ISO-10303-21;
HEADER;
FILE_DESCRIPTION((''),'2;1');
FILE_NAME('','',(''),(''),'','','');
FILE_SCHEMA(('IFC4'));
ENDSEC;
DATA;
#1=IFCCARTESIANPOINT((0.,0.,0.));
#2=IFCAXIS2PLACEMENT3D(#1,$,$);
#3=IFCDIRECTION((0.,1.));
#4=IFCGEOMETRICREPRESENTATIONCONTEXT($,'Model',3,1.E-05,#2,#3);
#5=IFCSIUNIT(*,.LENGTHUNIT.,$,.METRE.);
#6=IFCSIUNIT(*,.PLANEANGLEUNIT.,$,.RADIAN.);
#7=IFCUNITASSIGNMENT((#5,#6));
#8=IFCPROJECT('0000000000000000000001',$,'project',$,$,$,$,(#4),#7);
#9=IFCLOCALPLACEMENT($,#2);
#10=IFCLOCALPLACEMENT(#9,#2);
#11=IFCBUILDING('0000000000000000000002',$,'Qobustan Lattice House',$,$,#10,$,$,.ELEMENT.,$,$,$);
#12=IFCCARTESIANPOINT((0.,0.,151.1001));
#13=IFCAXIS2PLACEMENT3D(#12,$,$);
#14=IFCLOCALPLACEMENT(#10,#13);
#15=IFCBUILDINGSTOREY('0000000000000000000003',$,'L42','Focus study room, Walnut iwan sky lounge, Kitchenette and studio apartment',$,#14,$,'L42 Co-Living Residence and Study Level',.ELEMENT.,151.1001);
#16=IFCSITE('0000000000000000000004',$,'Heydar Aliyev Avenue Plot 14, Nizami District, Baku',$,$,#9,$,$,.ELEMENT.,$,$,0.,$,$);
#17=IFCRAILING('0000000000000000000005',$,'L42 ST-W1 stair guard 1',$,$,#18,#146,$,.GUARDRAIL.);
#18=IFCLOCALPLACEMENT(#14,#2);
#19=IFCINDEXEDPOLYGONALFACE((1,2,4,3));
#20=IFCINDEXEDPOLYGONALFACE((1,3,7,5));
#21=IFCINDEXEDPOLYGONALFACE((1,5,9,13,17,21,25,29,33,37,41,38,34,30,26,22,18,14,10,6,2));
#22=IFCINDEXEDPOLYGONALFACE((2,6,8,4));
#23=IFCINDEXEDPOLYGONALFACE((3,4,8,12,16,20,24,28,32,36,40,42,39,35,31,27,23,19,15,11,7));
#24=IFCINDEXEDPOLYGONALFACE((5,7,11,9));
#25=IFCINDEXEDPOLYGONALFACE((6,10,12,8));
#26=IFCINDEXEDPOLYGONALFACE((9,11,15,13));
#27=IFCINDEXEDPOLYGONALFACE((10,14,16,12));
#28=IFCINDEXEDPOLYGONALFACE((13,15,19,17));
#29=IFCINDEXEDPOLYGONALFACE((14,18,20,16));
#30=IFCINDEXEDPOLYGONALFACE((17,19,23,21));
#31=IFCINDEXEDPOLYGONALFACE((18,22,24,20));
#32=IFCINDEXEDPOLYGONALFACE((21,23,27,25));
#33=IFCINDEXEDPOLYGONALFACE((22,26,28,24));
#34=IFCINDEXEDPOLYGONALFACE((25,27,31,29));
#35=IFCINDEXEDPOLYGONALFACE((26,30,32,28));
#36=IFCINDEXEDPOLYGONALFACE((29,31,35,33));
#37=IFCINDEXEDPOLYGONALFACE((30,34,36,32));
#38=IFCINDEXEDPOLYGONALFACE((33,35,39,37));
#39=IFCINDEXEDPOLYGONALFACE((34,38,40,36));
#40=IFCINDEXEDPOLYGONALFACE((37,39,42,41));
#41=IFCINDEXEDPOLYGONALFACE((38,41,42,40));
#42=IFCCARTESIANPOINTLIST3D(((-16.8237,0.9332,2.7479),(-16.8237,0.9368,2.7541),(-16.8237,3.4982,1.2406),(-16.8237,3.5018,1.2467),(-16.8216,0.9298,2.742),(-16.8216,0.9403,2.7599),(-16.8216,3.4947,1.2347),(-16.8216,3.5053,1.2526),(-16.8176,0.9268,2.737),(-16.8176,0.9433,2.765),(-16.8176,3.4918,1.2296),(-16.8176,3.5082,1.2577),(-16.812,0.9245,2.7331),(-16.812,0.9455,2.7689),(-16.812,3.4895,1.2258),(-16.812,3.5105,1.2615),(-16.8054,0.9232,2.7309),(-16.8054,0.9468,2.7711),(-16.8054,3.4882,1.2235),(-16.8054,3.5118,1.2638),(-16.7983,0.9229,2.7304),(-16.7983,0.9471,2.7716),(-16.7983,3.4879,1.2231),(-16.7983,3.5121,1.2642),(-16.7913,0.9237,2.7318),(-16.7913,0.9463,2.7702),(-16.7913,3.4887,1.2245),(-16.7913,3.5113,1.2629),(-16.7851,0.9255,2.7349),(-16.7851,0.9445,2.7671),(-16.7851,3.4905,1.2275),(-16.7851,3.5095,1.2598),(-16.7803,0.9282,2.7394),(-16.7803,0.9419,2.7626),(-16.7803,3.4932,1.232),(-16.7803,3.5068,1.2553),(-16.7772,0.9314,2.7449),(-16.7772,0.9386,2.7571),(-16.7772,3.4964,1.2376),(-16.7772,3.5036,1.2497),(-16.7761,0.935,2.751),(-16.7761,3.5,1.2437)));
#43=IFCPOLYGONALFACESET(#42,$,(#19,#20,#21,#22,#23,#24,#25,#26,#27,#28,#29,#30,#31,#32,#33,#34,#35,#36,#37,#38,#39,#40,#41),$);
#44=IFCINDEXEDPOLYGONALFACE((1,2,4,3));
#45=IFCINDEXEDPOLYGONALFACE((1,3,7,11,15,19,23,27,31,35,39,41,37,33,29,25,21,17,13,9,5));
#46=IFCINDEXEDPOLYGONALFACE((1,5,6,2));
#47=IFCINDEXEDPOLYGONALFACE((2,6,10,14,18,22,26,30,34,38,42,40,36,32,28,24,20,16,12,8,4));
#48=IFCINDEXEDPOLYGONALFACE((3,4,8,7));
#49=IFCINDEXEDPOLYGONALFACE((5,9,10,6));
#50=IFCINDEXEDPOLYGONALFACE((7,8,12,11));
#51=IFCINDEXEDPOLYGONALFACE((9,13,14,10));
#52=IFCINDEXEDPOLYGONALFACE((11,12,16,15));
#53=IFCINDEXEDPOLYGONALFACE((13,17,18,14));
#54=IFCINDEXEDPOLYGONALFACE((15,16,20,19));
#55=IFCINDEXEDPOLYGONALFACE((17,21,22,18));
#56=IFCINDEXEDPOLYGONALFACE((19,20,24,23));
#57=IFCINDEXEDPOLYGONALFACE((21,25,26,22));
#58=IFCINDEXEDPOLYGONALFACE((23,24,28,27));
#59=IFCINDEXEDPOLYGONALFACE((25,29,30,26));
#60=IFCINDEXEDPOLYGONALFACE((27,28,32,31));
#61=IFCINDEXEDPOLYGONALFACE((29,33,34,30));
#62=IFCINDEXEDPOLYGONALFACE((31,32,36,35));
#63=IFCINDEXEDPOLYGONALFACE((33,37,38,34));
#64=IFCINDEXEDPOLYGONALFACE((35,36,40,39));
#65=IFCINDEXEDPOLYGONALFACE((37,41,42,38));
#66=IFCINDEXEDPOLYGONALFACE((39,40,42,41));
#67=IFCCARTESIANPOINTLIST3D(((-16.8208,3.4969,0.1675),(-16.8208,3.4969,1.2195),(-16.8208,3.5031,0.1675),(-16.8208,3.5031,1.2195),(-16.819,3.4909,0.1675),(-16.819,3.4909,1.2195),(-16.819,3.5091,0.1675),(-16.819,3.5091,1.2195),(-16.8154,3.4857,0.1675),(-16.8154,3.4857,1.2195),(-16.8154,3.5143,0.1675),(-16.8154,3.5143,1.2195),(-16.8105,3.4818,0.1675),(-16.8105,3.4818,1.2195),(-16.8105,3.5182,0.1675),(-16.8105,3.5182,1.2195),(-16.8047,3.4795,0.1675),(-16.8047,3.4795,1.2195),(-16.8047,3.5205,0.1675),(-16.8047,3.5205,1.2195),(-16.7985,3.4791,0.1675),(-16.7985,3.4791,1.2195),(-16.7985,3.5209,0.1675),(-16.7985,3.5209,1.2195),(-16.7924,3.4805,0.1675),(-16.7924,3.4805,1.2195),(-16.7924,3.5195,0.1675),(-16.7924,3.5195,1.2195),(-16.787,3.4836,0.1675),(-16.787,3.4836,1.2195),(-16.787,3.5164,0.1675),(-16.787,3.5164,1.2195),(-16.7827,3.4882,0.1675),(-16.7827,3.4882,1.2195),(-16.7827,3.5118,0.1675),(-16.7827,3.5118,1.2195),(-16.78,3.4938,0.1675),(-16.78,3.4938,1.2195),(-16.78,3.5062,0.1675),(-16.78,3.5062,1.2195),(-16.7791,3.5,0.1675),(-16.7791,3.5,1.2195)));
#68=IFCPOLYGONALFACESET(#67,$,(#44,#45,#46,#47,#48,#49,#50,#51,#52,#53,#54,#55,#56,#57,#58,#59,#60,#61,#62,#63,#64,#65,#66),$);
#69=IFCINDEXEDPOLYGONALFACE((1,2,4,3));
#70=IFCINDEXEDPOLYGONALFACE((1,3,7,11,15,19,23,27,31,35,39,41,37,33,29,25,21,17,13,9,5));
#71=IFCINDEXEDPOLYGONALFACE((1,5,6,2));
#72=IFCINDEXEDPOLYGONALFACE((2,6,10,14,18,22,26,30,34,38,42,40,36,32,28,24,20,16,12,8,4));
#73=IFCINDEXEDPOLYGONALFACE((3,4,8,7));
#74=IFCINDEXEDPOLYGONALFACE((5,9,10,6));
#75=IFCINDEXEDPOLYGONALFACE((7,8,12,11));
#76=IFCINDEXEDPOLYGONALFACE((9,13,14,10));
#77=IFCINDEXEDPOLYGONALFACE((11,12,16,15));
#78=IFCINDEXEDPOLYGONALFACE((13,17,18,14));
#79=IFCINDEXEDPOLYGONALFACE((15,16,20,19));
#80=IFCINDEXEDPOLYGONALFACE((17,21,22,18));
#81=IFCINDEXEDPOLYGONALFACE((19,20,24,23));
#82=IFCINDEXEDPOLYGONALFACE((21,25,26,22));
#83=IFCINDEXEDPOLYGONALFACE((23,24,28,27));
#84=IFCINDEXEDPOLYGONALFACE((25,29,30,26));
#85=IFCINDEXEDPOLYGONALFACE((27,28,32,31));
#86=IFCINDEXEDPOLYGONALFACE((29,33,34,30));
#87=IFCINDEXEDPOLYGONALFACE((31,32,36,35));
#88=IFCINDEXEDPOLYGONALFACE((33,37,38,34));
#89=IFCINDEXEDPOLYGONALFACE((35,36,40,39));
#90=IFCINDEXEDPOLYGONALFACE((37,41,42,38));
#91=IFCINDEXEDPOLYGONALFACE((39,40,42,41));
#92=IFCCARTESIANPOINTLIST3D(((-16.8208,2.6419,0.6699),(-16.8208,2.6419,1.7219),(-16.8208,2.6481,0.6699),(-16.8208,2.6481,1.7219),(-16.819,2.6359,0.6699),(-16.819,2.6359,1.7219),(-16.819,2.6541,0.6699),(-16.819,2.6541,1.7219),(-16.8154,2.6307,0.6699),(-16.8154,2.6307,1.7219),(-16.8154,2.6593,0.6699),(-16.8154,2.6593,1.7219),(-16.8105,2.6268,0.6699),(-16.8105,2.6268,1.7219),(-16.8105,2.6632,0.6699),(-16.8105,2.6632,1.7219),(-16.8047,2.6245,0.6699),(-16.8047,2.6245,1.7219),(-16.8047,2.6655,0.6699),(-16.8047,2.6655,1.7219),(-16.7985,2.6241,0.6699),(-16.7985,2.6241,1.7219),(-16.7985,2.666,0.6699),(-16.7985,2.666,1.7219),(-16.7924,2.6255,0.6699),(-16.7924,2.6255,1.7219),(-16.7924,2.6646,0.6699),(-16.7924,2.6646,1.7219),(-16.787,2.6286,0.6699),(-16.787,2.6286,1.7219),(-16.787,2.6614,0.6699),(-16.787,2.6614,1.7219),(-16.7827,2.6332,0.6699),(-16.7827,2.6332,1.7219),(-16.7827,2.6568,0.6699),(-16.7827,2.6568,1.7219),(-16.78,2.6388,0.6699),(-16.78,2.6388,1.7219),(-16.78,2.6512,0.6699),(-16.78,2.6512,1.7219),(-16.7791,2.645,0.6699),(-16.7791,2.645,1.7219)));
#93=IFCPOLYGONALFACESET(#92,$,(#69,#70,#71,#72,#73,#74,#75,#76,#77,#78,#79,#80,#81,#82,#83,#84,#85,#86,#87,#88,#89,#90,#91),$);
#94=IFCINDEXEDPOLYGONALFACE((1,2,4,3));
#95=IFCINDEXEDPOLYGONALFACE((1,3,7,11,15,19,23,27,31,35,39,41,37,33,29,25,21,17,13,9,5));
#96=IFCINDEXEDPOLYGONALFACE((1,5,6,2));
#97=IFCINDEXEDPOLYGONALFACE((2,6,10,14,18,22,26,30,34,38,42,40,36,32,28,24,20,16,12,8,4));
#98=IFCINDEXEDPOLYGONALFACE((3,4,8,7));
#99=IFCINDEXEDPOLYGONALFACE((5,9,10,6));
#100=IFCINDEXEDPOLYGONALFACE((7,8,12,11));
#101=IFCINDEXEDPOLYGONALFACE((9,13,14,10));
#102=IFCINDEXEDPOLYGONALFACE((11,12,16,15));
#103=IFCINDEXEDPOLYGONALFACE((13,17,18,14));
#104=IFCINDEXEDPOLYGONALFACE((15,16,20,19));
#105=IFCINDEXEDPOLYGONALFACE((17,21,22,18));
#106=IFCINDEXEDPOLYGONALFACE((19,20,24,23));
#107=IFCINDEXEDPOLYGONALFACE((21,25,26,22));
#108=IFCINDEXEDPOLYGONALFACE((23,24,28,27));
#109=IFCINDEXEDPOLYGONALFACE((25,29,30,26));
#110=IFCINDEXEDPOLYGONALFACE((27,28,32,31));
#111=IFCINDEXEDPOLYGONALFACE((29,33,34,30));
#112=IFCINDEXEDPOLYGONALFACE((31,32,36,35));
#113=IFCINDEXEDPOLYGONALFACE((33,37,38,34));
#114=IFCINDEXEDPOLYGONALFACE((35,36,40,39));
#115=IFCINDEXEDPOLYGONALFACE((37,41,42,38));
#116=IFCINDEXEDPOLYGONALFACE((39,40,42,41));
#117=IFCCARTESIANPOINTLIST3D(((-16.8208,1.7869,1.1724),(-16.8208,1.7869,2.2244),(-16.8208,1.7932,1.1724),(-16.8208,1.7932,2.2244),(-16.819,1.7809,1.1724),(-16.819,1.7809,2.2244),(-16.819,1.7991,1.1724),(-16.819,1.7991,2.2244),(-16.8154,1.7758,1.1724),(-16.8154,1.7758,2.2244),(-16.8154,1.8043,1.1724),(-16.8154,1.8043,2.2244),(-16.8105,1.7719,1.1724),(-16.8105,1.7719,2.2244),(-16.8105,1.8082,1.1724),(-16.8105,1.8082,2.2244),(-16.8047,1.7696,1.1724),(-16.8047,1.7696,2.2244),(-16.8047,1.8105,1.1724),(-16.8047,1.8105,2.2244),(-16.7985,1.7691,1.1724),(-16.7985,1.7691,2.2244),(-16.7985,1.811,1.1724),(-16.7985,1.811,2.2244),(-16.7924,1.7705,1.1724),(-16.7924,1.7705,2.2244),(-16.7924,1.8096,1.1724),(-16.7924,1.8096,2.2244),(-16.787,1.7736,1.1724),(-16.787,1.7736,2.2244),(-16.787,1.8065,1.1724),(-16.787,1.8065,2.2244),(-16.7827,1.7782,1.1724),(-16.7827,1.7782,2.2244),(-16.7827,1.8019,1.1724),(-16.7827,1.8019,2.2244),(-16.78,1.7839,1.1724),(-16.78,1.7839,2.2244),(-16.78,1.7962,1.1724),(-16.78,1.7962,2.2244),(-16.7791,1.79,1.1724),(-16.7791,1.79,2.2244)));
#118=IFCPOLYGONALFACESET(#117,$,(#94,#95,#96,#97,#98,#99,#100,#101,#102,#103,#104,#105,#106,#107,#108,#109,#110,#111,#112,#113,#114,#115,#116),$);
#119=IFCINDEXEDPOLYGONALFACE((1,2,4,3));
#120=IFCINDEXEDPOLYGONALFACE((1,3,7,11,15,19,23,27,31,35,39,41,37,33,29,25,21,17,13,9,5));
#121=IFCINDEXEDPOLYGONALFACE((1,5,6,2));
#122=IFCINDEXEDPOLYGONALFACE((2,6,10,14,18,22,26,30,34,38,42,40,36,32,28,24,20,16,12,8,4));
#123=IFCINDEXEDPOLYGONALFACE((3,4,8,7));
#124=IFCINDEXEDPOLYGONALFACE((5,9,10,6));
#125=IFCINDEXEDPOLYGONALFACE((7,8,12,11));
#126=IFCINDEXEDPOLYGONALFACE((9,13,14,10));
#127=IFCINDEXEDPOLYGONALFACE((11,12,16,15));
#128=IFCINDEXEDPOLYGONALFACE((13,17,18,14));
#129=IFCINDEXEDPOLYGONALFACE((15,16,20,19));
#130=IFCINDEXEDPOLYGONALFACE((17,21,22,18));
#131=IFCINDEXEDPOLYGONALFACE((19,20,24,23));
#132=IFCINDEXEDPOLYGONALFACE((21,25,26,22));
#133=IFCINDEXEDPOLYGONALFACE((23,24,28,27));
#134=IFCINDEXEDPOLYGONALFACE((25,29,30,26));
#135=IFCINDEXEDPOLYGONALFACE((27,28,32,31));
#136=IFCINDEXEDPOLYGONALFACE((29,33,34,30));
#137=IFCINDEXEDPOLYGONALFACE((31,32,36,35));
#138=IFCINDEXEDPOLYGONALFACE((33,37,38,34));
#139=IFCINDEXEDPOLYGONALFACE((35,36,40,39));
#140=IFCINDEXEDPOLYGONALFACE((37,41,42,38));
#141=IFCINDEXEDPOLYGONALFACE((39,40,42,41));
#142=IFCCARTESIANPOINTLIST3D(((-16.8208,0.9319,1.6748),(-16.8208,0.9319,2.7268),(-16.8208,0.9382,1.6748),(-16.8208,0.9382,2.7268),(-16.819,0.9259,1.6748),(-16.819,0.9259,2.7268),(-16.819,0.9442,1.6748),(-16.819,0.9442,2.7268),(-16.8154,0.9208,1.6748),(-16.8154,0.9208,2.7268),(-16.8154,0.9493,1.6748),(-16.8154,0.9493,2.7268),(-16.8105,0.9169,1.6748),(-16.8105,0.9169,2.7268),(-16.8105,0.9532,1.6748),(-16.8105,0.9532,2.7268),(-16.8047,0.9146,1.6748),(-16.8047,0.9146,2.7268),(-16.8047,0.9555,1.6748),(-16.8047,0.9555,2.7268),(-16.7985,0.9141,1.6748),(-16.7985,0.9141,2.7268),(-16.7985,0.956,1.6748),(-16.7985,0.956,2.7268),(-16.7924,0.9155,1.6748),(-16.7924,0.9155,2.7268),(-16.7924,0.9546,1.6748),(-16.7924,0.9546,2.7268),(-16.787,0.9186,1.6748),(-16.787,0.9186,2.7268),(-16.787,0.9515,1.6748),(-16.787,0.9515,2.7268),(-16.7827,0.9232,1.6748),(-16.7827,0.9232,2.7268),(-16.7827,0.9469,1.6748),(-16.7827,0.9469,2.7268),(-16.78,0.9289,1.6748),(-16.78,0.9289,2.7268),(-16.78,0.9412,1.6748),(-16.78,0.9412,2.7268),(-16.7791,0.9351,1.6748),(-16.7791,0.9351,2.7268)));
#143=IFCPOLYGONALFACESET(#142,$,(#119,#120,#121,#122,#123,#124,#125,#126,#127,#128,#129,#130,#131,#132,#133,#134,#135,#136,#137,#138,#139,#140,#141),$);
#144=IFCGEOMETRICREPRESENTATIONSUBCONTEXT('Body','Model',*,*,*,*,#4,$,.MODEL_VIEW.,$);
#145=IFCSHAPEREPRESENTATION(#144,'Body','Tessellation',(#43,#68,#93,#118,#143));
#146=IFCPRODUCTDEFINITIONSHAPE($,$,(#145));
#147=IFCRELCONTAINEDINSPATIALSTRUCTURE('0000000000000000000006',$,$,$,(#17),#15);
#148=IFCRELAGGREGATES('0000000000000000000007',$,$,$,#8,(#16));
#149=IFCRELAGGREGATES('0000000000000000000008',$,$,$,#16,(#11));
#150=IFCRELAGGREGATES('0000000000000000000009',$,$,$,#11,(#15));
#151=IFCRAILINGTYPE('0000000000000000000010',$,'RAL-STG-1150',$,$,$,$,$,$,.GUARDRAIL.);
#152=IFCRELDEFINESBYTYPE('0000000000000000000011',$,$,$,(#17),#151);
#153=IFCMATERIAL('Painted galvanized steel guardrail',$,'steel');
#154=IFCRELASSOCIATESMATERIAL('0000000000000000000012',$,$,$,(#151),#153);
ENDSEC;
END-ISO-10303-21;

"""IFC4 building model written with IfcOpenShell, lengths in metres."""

from ifc_helpers import new_model, si_unit, direction, frame, origin, origin_2d, place, context, subcontext, project, spatial, circle, extrude, material, type_object, element, save


model = new_model("IFC4")

# Units and contexts
model_context = context("Model", 3, precision=1e-05, world=origin(), true_north=direction((0.0, 1.0)))
body_context = subcontext(model_context, "Body", "Model", "MODEL_VIEW")
ifc_project = project(units=[si_unit("LENGTHUNIT", "METRE"), si_unit("PLANEANGLEUNIT", "RADIAN")], contexts=[model_context])

# Site, building, storey
site_placement = place(None, origin())
site = spatial("IfcSite", under=ifc_project, at=site_placement, Name="Heydar Aliyev Avenue Plot 14, Nizami District, Baku", CompositionType="ELEMENT", RefElevation=0.0)
building_placement = place(site_placement, origin())
building = spatial("IfcBuilding", under=site, at=building_placement, Name="Qobustan Lattice House", CompositionType="ELEMENT")
storey_placement = place(building_placement, frame((0.0, 0.0, 151.1001)))
storey = spatial("IfcBuildingStorey", under=building, at=storey_placement, Name="L42", Description="Focus study room, Walnut iwan sky lounge, Kitchenette and studio apartment", LongName="L42 Co-Living Residence and Study Level", CompositionType="ELEMENT", Elevation=151.1001)

# Railing
ifc_material_1 = material(Name="Painted galvanized steel guardrail", Category="steel")
railing_type_1 = type_object("IfcRailingType", Name="RAL-STG-1150", PredefinedType="GUARDRAIL", material=ifc_material_1)
railing_1_placement = place(storey_placement, frame((-16.8, 3.5, 0.1675)))
element("IfcRailing", 1, at=railing_1_placement, inside=storey, type_object=railing_type_1, Name="L42 ST-W1 stair guard 1", PredefinedType="GUARDRAIL", context=body_context, shape_type="SweptSolid", body=[
    extrude(circle(Radius=0.0239, at=origin_2d()), frame((0.0, 0.0, 1.0762), z_axis=(0.0, -0.862149, 0.506654), x_axis=(1.0, 0.0, 0.0)), (0.0, 0.0, 1.0), 2.9751),
    extrude(circle(Radius=0.021, at=origin_2d()), origin(), (0.0, 0.0, 1.0), 1.052),
    extrude(circle(Radius=0.021, at=origin_2d()), frame((0.0, -0.855, 0.5024)), (0.0, 0.0, 1.0), 1.052),
    extrude(circle(Radius=0.021, at=origin_2d()), frame((0.0, -1.71, 1.0049)), (0.0, 0.0, 1.0), 1.052),
    extrude(circle(Radius=0.021, at=origin_2d()), frame((0.0, -2.5649, 1.5073)), (0.0, 0.0, 1.0), 1.052),
])

save(model, "model.ifc")
